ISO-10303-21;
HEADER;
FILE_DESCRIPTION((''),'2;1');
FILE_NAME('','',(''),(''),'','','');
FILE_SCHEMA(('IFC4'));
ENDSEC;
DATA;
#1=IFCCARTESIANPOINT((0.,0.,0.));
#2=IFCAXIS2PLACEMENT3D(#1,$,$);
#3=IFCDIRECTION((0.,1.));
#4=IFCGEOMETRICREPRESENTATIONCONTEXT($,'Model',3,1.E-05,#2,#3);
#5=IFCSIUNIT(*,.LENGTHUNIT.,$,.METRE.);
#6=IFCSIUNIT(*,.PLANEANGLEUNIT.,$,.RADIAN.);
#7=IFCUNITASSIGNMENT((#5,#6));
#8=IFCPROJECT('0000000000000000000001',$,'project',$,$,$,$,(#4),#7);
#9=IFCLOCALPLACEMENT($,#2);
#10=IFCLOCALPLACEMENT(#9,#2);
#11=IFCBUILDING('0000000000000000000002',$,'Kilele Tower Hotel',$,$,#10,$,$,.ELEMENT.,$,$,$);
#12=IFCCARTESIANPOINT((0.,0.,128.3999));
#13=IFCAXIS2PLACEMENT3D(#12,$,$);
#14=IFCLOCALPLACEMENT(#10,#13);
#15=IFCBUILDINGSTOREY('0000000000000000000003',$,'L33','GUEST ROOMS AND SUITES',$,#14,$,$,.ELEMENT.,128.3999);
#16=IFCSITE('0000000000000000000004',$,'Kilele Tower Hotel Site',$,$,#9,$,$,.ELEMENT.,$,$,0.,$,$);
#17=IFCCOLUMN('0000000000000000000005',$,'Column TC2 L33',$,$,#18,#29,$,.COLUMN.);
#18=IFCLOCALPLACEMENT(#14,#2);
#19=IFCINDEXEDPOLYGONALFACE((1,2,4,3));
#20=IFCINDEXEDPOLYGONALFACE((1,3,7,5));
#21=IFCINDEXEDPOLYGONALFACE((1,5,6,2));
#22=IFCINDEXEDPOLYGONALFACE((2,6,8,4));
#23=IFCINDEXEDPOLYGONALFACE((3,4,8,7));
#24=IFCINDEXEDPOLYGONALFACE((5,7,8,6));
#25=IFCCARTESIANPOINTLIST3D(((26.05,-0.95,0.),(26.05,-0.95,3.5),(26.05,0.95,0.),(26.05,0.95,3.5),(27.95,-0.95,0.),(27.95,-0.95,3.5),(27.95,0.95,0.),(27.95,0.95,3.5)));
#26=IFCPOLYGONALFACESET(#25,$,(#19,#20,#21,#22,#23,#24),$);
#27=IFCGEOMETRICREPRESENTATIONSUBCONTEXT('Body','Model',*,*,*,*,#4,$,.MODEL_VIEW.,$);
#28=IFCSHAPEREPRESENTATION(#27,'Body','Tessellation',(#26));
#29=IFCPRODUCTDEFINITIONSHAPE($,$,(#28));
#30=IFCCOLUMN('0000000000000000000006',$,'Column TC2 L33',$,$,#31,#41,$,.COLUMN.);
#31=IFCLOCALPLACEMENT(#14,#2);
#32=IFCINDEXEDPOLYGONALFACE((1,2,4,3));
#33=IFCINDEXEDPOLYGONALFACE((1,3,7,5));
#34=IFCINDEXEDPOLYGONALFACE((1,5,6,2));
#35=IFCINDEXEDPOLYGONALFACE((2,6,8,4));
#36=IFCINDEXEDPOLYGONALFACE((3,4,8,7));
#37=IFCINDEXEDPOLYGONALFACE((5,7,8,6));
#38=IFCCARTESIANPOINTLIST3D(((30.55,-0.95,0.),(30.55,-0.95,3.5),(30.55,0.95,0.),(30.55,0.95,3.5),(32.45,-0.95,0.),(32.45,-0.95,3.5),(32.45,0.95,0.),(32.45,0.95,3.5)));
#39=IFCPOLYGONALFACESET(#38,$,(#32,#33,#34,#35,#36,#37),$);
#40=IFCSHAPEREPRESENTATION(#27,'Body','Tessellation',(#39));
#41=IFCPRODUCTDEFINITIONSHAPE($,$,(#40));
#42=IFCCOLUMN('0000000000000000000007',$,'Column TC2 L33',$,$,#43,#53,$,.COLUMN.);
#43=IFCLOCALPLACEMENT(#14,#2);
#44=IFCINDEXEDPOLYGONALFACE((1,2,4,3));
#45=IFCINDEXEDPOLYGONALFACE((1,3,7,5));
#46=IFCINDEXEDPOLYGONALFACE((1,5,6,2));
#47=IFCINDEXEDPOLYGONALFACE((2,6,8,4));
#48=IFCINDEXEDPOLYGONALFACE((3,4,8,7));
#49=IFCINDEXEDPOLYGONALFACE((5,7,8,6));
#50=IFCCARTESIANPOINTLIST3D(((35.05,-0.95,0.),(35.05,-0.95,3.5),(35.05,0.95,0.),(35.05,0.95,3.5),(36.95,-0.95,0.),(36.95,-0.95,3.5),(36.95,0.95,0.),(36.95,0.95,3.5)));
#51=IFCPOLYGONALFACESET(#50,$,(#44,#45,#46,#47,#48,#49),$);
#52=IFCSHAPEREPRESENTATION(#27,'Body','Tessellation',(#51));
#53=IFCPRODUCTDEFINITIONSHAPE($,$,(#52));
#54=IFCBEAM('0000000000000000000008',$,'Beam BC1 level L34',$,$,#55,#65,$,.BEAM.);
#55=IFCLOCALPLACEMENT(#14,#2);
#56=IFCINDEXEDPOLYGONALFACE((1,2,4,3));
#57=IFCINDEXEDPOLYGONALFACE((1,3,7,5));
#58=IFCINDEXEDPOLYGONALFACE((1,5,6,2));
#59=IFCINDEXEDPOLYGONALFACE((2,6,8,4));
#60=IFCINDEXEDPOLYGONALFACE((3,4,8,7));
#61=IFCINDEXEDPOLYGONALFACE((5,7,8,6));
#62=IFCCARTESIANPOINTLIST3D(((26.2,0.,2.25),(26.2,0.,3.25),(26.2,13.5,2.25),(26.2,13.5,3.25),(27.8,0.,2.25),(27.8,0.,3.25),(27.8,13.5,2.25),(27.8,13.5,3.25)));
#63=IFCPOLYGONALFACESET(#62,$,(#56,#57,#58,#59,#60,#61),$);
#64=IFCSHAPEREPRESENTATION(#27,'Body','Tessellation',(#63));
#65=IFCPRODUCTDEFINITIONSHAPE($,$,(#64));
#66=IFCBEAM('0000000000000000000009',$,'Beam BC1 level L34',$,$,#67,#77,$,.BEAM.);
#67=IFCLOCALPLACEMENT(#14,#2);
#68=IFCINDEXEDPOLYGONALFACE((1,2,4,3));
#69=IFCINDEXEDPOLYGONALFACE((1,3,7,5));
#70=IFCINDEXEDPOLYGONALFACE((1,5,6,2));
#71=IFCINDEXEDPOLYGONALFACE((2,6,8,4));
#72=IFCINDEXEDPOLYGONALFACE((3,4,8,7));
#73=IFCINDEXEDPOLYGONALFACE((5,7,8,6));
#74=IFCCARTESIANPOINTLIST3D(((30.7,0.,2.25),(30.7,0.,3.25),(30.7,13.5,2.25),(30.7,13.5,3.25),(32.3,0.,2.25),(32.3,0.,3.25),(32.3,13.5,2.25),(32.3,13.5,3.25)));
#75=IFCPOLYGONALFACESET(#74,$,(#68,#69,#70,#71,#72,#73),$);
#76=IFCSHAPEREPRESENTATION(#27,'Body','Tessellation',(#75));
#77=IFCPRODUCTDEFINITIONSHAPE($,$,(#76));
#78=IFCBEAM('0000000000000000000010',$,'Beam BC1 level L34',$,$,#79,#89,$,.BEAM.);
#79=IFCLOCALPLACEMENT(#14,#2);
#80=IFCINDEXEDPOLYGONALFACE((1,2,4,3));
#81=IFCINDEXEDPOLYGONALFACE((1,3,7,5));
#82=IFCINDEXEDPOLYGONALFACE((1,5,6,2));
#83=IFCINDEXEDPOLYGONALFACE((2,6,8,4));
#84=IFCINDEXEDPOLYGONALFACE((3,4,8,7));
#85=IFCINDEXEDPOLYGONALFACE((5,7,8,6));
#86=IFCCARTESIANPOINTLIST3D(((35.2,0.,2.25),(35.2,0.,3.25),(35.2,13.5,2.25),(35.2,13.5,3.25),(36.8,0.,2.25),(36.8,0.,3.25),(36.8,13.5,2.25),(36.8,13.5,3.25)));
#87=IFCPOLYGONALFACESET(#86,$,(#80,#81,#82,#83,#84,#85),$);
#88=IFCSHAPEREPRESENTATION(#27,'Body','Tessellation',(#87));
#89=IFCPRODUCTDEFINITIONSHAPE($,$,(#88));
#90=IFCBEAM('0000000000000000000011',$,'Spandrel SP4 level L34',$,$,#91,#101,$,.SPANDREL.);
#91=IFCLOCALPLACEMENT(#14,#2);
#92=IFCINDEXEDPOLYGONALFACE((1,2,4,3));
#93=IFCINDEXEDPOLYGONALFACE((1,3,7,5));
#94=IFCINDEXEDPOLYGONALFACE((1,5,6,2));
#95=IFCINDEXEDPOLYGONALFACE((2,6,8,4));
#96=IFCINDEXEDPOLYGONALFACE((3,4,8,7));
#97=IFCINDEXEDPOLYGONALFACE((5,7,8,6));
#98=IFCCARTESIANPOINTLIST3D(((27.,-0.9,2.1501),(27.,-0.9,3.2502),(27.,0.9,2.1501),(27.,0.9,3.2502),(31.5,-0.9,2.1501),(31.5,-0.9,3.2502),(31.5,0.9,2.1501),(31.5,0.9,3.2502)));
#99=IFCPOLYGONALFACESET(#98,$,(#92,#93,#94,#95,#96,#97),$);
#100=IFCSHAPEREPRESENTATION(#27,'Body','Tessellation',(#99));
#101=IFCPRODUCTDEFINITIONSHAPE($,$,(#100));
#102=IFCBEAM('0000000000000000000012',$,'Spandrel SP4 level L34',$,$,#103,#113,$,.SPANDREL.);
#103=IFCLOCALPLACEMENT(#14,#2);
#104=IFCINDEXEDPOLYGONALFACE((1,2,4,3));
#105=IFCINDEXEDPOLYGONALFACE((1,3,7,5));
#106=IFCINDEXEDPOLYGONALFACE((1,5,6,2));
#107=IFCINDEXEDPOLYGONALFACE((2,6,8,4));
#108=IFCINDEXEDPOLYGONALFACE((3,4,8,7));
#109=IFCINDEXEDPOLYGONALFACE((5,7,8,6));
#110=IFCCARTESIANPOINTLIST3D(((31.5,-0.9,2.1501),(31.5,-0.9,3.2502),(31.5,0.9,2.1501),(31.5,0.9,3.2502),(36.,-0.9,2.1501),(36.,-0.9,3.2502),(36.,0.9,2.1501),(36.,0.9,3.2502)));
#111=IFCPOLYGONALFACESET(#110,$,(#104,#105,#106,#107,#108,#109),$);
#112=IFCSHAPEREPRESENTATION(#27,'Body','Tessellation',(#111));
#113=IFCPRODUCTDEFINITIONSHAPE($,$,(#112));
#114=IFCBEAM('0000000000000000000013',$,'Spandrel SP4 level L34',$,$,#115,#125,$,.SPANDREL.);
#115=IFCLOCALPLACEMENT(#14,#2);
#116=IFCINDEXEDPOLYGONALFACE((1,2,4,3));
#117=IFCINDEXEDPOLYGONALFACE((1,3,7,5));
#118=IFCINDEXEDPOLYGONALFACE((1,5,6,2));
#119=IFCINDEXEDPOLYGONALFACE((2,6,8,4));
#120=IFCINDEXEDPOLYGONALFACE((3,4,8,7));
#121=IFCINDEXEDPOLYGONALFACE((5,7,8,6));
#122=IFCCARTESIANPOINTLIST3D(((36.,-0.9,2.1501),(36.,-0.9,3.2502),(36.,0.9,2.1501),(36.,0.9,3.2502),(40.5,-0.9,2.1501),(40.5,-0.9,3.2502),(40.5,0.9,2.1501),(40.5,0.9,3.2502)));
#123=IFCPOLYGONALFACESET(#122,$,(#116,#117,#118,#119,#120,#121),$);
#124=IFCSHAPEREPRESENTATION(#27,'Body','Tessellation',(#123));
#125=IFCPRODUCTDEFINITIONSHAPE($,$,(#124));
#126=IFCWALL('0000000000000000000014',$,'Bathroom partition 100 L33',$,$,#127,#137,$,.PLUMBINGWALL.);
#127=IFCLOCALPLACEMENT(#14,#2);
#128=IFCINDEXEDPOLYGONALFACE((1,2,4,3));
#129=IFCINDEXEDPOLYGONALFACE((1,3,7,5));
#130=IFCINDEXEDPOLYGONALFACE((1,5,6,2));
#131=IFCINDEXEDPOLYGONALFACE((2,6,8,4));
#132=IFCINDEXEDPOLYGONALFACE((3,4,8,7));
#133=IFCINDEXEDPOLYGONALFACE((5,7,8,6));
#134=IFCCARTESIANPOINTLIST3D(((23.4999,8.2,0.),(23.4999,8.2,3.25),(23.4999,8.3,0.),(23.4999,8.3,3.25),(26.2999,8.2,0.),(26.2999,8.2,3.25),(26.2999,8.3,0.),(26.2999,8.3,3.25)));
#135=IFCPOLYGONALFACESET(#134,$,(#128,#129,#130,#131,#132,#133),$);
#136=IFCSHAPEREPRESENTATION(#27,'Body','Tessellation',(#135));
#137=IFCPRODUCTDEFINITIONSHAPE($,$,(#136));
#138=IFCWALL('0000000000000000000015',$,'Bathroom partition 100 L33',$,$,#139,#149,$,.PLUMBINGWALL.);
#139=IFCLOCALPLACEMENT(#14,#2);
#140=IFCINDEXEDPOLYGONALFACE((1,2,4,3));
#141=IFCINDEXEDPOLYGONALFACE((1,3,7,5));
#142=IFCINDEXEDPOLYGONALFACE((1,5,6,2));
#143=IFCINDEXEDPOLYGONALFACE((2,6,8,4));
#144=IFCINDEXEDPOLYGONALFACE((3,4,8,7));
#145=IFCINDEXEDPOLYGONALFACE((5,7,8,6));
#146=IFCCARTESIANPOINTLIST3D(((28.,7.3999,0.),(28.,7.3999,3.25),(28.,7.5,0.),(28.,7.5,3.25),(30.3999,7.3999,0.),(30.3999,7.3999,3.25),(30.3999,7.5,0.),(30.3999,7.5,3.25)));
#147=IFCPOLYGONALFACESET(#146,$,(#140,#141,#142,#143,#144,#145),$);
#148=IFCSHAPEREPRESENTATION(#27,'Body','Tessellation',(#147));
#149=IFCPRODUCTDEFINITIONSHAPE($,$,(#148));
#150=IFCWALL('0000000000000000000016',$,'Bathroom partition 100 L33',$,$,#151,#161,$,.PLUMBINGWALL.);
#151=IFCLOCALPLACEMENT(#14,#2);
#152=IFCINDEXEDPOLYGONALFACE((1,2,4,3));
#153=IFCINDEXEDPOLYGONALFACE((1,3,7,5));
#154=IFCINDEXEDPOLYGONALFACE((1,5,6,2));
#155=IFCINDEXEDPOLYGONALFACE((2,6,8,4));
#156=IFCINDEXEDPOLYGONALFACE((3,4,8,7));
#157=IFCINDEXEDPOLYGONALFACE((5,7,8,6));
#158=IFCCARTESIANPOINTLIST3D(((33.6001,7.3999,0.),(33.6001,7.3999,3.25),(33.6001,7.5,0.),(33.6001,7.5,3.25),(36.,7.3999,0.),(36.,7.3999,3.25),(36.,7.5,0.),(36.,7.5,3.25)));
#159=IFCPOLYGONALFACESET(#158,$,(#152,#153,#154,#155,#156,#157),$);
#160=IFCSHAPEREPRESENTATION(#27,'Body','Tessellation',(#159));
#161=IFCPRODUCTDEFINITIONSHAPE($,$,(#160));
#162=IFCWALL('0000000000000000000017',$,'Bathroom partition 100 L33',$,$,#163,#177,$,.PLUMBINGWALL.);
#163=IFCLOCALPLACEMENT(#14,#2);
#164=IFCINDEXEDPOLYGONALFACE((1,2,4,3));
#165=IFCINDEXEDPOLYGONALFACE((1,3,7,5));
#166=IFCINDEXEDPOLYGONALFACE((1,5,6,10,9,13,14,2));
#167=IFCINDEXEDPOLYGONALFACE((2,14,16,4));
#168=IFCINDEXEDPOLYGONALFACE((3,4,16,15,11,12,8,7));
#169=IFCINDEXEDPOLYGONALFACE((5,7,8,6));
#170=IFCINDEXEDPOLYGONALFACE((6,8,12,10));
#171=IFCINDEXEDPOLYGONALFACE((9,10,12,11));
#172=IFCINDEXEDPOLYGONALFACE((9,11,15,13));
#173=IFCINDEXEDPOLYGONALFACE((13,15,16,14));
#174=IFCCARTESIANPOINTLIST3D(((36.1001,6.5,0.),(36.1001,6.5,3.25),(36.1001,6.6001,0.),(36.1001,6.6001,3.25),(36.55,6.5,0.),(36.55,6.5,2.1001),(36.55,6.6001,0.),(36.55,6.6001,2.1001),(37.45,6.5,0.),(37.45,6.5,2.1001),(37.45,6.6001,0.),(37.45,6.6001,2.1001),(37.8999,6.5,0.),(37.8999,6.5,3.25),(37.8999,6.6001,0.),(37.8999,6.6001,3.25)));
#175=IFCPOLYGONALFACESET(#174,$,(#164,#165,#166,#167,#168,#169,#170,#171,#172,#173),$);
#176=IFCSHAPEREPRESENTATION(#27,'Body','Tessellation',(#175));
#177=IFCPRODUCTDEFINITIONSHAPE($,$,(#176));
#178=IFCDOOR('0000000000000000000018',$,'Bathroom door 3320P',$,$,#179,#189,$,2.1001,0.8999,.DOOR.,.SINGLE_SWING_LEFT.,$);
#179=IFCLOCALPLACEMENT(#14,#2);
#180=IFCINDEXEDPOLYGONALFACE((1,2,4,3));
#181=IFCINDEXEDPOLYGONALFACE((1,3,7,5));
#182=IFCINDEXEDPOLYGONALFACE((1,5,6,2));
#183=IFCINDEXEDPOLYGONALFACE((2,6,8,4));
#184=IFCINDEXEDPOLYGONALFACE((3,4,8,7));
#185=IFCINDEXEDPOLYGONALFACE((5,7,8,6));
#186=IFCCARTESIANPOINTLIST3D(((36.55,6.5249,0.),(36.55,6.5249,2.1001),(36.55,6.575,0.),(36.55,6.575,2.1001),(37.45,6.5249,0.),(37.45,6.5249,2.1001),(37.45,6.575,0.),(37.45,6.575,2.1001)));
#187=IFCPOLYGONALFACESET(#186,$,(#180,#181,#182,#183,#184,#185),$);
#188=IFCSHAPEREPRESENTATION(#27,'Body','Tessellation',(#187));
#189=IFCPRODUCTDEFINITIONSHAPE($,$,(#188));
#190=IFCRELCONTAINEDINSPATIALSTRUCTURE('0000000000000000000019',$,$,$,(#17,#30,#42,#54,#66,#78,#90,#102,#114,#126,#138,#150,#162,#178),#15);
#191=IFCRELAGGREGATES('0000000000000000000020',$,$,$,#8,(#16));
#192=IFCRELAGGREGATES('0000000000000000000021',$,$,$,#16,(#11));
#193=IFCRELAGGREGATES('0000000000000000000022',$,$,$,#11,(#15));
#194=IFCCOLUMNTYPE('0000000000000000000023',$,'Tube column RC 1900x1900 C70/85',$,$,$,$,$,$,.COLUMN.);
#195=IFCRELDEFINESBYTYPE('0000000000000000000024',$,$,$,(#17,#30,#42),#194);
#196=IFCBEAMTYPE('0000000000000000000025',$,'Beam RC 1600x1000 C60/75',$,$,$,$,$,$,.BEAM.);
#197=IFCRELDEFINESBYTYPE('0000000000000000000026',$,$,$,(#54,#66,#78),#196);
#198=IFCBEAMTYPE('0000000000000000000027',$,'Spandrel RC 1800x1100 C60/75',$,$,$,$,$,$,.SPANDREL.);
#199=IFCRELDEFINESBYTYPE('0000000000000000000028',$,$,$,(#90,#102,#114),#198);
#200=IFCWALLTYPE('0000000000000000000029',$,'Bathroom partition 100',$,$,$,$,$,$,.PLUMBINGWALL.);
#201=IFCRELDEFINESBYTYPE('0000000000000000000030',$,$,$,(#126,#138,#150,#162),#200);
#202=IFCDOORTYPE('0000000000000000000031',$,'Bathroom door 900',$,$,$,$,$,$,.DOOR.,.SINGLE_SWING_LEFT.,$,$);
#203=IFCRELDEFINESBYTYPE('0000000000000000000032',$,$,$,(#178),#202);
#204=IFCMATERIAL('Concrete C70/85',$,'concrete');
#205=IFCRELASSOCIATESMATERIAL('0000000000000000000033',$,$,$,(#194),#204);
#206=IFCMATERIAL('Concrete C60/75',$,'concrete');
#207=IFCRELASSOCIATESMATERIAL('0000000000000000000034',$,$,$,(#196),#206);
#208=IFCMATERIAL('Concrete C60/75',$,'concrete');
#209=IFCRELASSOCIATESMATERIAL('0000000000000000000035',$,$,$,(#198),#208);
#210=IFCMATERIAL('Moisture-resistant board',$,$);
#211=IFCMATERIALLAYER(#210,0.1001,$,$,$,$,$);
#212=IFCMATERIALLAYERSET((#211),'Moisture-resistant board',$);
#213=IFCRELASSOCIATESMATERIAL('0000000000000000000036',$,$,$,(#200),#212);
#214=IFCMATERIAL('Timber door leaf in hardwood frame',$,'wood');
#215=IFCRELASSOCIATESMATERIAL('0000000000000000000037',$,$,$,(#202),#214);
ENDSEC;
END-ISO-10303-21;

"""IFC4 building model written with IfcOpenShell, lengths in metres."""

from ifc_helpers import new_model, si_unit, direction, frame, frame_2d, origin, origin_2d, place, context, subcontext, project, spatial, rectangle, extrude, material, layer, layer_set, material_profile, profile_set, type_object, element, fill, save


model = new_model("IFC4")

# Units and contexts
model_context = context("Model", 3, precision=1e-05, world=origin(), true_north=direction((0.0, 1.0)))
body_context = subcontext(model_context, "Body", "Model", "MODEL_VIEW")
ifc_project = project(units=[si_unit("LENGTHUNIT", "METRE"), si_unit("PLANEANGLEUNIT", "RADIAN")], contexts=[model_context])

# Site, building, storey
site_placement = place(None, origin())
site = spatial("IfcSite", under=ifc_project, at=site_placement, Name="Kilele Tower Hotel Site", CompositionType="ELEMENT", RefElevation=0.0)
building_placement = place(site_placement, origin())
building = spatial("IfcBuilding", under=site, at=building_placement, Name="Kilele Tower Hotel", CompositionType="ELEMENT")
storey_placement = place(building_placement, frame((0.0, 0.0, 128.3999)))
storey = spatial("IfcBuildingStorey", under=building, at=storey_placement, Name="L33", Description="GUEST ROOMS AND SUITES", CompositionType="ELEMENT", Elevation=128.3999)

# Columns
ifc_material_1 = material(Name="Concrete C70/85", Category="concrete")
ifc_material_profile_1 = material_profile(ifc_material_1, rectangle(XDim=1.8999, YDim=1.8999, at=origin_2d()))
ifc_profile_set_1 = profile_set([ifc_material_profile_1], Name="Concrete C70/85")
column_type = type_object("IfcColumnType", Name="Tube column RC 1900x1900 C70/85", PredefinedType="COLUMN", material=ifc_profile_set_1)
for number, where, z_axis, x_axis, name in (
    (1, (27.0, 0.0, 0.0), (0.0, 0.0, 1.0), (1.0, 0.0, 0.0), "Column TC2 L33"),
    (2, (31.5, 0.0, 0.0), (0.0, 0.0, 1.0), (1.0, 0.0, 0.0), "Column TC2 L33"),
    (3, (36.0, 0.0, 0.0), (0.0, 0.0, 1.0), (1.0, 0.0, 0.0), "Column TC2 L33"),
):
    element("IfcColumn", number, at=place(storey_placement, frame(where, z_axis=z_axis, x_axis=x_axis)), inside=storey, type_object=column_type, Name=name, PredefinedType="COLUMN", context=body_context, shape_type="SweptSolid", body=[
        extrude(rectangle(XDim=1.8999, YDim=1.8999, at=origin_2d()), origin(), (0.0, 0.0, 1.0), 3.5),
    ])

# Beams
ifc_material_2 = material(Name="Concrete C60/75", Category="concrete")
ifc_material_profile_2 = material_profile(ifc_material_2, rectangle(XDim=1.6001, YDim=1.0, at=origin_2d()))
ifc_profile_set_2 = profile_set([ifc_material_profile_2], Name="Concrete C60/75")
beam_type_1 = type_object("IfcBeamType", Name="Beam RC 1600x1000 C60/75", PredefinedType="BEAM", material=ifc_profile_set_2)
for number, where, z_axis, x_axis, name in (
    (4, (27.0, 0.0, 2.75), (0.0, 1.0, 0.0), (-1.0, 0.0, 0.0), "Beam BC1 level L34"),
    (5, (31.5, 0.0, 2.75), (0.0, 1.0, 0.0), (-1.0, 0.0, 0.0), "Beam BC1 level L34"),
    (6, (36.0, 0.0, 2.75), (0.0, 1.0, 0.0), (-1.0, 0.0, 0.0), "Beam BC1 level L34"),
):
    element("IfcBeam", number, at=place(storey_placement, frame(where, z_axis=z_axis, x_axis=x_axis)), inside=storey, type_object=beam_type_1, Name=name, PredefinedType="BEAM", context=body_context, shape_type="SweptSolid", body=[
        extrude(rectangle(XDim=1.6001, YDim=1.0, at=origin_2d()), origin(), (0.0, 0.0, 1.0), 13.5),
    ])
ifc_material_3 = material(Name="Concrete C60/75", Category="concrete")
ifc_material_profile_3 = material_profile(ifc_material_3, rectangle(XDim=1.8, YDim=1.1001, at=origin_2d()))
ifc_profile_set_3 = profile_set([ifc_material_profile_3], Name="Concrete C60/75")
beam_type_2 = type_object("IfcBeamType", Name="Spandrel RC 1800x1100 C60/75", PredefinedType="SPANDREL", material=ifc_profile_set_3)
for number, where, z_axis, x_axis, name in (
    (7, (27.0, 0.0, 2.7002), (1.0, 0.0, 0.0), (0.0, 1.0, 0.0), "Spandrel SP4 level L34"),
    (8, (31.5, 0.0, 2.7002), (1.0, 0.0, 0.0), (0.0, 1.0, 0.0), "Spandrel SP4 level L34"),
    (9, (36.0, 0.0, 2.7002), (1.0, 0.0, 0.0), (0.0, 1.0, 0.0), "Spandrel SP4 level L34"),
):
    element("IfcBeam", number, at=place(storey_placement, frame(where, z_axis=z_axis, x_axis=x_axis)), inside=storey, type_object=beam_type_2, Name=name, PredefinedType="SPANDREL", context=body_context, shape_type="SweptSolid", body=[
        extrude(rectangle(XDim=1.8, YDim=1.1001, at=origin_2d()), origin(), (0.0, 0.0, 1.0), 4.5),
    ])

# Walls
ifc_material_4 = material(Name="Moisture-resistant board")
ifc_layer_1 = layer(ifc_material_4, 0.1001)
ifc_layer_set_1 = layer_set([ifc_layer_1], Name="Moisture-resistant board")
wall_type_1 = type_object("IfcWallType", Name="Bathroom partition 100", PredefinedType="PLUMBINGWALL", material=ifc_layer_set_1)
wall_1_placement = place(storey_placement, frame((23.5, 8.25, 0.0), z_axis=(0.0, 0.0, 1.0), x_axis=(1.0, 0.0, 0.0)))
element("IfcWall", 10, at=wall_1_placement, inside=storey, type_object=wall_type_1, Name="Bathroom partition 100 L33", PredefinedType="PLUMBINGWALL", context=body_context, shape_type="SweptSolid", body=[
    extrude(rectangle(XDim=2.8, YDim=0.1001, at=frame_2d((1.3999, 0.0))), origin(), (0.0, 0.0, 1.0), 3.25),
])
for number, where, z_axis, x_axis, name in (
    (11, (28.0, 7.45, 0.0), (0.0, 0.0, 1.0), (1.0, 0.0, 0.0), "Bathroom partition 100 L33"),
    (12, (33.6001, 7.45, 0.0), (0.0, 0.0, 1.0), (1.0, 0.0, 0.0), "Bathroom partition 100 L33"),
):
    element("IfcWall", number, at=place(storey_placement, frame(where, z_axis=z_axis, x_axis=x_axis)), inside=storey, type_object=wall_type_1, Name=name, PredefinedType="PLUMBINGWALL", context=body_context, shape_type="SweptSolid", body=[
        extrude(rectangle(XDim=2.3999, YDim=0.1001, at=frame_2d((1.2, 0.0))), origin(), (0.0, 0.0, 1.0), 3.25),
    ])

# Wall, opening, door
wall_2_placement = place(storey_placement, frame((36.1001, 6.55, 0.0), z_axis=(0.0, 0.0, 1.0), x_axis=(1.0, 0.0, 0.0)))
wall_2 = element("IfcWall", 13, at=wall_2_placement, inside=storey, type_object=wall_type_1, Name="Bathroom partition 100 L33", PredefinedType="PLUMBINGWALL", context=body_context, shape_type="SweptSolid", body=[
    extrude(rectangle(XDim=1.7998, YDim=0.1001, at=frame_2d((0.8999, 0.0))), origin(), (0.0, 0.0, 1.0), 3.25),
])
opening_1_placement = place(wall_2_placement, frame((0.45, 0.0, 0.0)))
opening_1 = element("IfcOpeningElement", 14, at=opening_1_placement, cuts=wall_2, PredefinedType="OPENING", context=body_context, shape_type="SweptSolid", body=[
    extrude(rectangle(XDim=0.8999, YDim=2.1001, at=frame_2d((0.45, 1.05))), frame((0.0, 0.0601, 0.0), z_axis=(0.0, -1.0, 0.0), x_axis=(1.0, 0.0, 0.0)), (0.0, 0.0, 1.0), 0.1201),
])
ifc_material_5 = material(Name="Timber door leaf in hardwood frame", Category="wood")
door_type_1 = type_object("IfcDoorType", Name="Bathroom door 900", OperationType="SINGLE_SWING_LEFT", PredefinedType="DOOR", material=ifc_material_5)
door_1_placement = place(opening_1_placement, origin())
door_1 = element("IfcDoor", 15, at=door_1_placement, inside=storey, type_object=door_type_1, Name="Bathroom door 3320P", OperationType="SINGLE_SWING_LEFT", OverallHeight=2.1001, OverallWidth=0.8999, PredefinedType="DOOR", context=body_context, shape_type="SweptSolid", body=[
    extrude(rectangle(XDim=0.8999, YDim=2.1001, at=frame_2d((0.45, 1.05))), frame((0.0, 0.0249, 0.0), z_axis=(0.0, -1.0, 0.0), x_axis=(1.0, 0.0, 0.0)), (0.0, 0.0, 1.0), 0.05),
])
fill(opening_1, door_1)

save(model, "model.ifc")
